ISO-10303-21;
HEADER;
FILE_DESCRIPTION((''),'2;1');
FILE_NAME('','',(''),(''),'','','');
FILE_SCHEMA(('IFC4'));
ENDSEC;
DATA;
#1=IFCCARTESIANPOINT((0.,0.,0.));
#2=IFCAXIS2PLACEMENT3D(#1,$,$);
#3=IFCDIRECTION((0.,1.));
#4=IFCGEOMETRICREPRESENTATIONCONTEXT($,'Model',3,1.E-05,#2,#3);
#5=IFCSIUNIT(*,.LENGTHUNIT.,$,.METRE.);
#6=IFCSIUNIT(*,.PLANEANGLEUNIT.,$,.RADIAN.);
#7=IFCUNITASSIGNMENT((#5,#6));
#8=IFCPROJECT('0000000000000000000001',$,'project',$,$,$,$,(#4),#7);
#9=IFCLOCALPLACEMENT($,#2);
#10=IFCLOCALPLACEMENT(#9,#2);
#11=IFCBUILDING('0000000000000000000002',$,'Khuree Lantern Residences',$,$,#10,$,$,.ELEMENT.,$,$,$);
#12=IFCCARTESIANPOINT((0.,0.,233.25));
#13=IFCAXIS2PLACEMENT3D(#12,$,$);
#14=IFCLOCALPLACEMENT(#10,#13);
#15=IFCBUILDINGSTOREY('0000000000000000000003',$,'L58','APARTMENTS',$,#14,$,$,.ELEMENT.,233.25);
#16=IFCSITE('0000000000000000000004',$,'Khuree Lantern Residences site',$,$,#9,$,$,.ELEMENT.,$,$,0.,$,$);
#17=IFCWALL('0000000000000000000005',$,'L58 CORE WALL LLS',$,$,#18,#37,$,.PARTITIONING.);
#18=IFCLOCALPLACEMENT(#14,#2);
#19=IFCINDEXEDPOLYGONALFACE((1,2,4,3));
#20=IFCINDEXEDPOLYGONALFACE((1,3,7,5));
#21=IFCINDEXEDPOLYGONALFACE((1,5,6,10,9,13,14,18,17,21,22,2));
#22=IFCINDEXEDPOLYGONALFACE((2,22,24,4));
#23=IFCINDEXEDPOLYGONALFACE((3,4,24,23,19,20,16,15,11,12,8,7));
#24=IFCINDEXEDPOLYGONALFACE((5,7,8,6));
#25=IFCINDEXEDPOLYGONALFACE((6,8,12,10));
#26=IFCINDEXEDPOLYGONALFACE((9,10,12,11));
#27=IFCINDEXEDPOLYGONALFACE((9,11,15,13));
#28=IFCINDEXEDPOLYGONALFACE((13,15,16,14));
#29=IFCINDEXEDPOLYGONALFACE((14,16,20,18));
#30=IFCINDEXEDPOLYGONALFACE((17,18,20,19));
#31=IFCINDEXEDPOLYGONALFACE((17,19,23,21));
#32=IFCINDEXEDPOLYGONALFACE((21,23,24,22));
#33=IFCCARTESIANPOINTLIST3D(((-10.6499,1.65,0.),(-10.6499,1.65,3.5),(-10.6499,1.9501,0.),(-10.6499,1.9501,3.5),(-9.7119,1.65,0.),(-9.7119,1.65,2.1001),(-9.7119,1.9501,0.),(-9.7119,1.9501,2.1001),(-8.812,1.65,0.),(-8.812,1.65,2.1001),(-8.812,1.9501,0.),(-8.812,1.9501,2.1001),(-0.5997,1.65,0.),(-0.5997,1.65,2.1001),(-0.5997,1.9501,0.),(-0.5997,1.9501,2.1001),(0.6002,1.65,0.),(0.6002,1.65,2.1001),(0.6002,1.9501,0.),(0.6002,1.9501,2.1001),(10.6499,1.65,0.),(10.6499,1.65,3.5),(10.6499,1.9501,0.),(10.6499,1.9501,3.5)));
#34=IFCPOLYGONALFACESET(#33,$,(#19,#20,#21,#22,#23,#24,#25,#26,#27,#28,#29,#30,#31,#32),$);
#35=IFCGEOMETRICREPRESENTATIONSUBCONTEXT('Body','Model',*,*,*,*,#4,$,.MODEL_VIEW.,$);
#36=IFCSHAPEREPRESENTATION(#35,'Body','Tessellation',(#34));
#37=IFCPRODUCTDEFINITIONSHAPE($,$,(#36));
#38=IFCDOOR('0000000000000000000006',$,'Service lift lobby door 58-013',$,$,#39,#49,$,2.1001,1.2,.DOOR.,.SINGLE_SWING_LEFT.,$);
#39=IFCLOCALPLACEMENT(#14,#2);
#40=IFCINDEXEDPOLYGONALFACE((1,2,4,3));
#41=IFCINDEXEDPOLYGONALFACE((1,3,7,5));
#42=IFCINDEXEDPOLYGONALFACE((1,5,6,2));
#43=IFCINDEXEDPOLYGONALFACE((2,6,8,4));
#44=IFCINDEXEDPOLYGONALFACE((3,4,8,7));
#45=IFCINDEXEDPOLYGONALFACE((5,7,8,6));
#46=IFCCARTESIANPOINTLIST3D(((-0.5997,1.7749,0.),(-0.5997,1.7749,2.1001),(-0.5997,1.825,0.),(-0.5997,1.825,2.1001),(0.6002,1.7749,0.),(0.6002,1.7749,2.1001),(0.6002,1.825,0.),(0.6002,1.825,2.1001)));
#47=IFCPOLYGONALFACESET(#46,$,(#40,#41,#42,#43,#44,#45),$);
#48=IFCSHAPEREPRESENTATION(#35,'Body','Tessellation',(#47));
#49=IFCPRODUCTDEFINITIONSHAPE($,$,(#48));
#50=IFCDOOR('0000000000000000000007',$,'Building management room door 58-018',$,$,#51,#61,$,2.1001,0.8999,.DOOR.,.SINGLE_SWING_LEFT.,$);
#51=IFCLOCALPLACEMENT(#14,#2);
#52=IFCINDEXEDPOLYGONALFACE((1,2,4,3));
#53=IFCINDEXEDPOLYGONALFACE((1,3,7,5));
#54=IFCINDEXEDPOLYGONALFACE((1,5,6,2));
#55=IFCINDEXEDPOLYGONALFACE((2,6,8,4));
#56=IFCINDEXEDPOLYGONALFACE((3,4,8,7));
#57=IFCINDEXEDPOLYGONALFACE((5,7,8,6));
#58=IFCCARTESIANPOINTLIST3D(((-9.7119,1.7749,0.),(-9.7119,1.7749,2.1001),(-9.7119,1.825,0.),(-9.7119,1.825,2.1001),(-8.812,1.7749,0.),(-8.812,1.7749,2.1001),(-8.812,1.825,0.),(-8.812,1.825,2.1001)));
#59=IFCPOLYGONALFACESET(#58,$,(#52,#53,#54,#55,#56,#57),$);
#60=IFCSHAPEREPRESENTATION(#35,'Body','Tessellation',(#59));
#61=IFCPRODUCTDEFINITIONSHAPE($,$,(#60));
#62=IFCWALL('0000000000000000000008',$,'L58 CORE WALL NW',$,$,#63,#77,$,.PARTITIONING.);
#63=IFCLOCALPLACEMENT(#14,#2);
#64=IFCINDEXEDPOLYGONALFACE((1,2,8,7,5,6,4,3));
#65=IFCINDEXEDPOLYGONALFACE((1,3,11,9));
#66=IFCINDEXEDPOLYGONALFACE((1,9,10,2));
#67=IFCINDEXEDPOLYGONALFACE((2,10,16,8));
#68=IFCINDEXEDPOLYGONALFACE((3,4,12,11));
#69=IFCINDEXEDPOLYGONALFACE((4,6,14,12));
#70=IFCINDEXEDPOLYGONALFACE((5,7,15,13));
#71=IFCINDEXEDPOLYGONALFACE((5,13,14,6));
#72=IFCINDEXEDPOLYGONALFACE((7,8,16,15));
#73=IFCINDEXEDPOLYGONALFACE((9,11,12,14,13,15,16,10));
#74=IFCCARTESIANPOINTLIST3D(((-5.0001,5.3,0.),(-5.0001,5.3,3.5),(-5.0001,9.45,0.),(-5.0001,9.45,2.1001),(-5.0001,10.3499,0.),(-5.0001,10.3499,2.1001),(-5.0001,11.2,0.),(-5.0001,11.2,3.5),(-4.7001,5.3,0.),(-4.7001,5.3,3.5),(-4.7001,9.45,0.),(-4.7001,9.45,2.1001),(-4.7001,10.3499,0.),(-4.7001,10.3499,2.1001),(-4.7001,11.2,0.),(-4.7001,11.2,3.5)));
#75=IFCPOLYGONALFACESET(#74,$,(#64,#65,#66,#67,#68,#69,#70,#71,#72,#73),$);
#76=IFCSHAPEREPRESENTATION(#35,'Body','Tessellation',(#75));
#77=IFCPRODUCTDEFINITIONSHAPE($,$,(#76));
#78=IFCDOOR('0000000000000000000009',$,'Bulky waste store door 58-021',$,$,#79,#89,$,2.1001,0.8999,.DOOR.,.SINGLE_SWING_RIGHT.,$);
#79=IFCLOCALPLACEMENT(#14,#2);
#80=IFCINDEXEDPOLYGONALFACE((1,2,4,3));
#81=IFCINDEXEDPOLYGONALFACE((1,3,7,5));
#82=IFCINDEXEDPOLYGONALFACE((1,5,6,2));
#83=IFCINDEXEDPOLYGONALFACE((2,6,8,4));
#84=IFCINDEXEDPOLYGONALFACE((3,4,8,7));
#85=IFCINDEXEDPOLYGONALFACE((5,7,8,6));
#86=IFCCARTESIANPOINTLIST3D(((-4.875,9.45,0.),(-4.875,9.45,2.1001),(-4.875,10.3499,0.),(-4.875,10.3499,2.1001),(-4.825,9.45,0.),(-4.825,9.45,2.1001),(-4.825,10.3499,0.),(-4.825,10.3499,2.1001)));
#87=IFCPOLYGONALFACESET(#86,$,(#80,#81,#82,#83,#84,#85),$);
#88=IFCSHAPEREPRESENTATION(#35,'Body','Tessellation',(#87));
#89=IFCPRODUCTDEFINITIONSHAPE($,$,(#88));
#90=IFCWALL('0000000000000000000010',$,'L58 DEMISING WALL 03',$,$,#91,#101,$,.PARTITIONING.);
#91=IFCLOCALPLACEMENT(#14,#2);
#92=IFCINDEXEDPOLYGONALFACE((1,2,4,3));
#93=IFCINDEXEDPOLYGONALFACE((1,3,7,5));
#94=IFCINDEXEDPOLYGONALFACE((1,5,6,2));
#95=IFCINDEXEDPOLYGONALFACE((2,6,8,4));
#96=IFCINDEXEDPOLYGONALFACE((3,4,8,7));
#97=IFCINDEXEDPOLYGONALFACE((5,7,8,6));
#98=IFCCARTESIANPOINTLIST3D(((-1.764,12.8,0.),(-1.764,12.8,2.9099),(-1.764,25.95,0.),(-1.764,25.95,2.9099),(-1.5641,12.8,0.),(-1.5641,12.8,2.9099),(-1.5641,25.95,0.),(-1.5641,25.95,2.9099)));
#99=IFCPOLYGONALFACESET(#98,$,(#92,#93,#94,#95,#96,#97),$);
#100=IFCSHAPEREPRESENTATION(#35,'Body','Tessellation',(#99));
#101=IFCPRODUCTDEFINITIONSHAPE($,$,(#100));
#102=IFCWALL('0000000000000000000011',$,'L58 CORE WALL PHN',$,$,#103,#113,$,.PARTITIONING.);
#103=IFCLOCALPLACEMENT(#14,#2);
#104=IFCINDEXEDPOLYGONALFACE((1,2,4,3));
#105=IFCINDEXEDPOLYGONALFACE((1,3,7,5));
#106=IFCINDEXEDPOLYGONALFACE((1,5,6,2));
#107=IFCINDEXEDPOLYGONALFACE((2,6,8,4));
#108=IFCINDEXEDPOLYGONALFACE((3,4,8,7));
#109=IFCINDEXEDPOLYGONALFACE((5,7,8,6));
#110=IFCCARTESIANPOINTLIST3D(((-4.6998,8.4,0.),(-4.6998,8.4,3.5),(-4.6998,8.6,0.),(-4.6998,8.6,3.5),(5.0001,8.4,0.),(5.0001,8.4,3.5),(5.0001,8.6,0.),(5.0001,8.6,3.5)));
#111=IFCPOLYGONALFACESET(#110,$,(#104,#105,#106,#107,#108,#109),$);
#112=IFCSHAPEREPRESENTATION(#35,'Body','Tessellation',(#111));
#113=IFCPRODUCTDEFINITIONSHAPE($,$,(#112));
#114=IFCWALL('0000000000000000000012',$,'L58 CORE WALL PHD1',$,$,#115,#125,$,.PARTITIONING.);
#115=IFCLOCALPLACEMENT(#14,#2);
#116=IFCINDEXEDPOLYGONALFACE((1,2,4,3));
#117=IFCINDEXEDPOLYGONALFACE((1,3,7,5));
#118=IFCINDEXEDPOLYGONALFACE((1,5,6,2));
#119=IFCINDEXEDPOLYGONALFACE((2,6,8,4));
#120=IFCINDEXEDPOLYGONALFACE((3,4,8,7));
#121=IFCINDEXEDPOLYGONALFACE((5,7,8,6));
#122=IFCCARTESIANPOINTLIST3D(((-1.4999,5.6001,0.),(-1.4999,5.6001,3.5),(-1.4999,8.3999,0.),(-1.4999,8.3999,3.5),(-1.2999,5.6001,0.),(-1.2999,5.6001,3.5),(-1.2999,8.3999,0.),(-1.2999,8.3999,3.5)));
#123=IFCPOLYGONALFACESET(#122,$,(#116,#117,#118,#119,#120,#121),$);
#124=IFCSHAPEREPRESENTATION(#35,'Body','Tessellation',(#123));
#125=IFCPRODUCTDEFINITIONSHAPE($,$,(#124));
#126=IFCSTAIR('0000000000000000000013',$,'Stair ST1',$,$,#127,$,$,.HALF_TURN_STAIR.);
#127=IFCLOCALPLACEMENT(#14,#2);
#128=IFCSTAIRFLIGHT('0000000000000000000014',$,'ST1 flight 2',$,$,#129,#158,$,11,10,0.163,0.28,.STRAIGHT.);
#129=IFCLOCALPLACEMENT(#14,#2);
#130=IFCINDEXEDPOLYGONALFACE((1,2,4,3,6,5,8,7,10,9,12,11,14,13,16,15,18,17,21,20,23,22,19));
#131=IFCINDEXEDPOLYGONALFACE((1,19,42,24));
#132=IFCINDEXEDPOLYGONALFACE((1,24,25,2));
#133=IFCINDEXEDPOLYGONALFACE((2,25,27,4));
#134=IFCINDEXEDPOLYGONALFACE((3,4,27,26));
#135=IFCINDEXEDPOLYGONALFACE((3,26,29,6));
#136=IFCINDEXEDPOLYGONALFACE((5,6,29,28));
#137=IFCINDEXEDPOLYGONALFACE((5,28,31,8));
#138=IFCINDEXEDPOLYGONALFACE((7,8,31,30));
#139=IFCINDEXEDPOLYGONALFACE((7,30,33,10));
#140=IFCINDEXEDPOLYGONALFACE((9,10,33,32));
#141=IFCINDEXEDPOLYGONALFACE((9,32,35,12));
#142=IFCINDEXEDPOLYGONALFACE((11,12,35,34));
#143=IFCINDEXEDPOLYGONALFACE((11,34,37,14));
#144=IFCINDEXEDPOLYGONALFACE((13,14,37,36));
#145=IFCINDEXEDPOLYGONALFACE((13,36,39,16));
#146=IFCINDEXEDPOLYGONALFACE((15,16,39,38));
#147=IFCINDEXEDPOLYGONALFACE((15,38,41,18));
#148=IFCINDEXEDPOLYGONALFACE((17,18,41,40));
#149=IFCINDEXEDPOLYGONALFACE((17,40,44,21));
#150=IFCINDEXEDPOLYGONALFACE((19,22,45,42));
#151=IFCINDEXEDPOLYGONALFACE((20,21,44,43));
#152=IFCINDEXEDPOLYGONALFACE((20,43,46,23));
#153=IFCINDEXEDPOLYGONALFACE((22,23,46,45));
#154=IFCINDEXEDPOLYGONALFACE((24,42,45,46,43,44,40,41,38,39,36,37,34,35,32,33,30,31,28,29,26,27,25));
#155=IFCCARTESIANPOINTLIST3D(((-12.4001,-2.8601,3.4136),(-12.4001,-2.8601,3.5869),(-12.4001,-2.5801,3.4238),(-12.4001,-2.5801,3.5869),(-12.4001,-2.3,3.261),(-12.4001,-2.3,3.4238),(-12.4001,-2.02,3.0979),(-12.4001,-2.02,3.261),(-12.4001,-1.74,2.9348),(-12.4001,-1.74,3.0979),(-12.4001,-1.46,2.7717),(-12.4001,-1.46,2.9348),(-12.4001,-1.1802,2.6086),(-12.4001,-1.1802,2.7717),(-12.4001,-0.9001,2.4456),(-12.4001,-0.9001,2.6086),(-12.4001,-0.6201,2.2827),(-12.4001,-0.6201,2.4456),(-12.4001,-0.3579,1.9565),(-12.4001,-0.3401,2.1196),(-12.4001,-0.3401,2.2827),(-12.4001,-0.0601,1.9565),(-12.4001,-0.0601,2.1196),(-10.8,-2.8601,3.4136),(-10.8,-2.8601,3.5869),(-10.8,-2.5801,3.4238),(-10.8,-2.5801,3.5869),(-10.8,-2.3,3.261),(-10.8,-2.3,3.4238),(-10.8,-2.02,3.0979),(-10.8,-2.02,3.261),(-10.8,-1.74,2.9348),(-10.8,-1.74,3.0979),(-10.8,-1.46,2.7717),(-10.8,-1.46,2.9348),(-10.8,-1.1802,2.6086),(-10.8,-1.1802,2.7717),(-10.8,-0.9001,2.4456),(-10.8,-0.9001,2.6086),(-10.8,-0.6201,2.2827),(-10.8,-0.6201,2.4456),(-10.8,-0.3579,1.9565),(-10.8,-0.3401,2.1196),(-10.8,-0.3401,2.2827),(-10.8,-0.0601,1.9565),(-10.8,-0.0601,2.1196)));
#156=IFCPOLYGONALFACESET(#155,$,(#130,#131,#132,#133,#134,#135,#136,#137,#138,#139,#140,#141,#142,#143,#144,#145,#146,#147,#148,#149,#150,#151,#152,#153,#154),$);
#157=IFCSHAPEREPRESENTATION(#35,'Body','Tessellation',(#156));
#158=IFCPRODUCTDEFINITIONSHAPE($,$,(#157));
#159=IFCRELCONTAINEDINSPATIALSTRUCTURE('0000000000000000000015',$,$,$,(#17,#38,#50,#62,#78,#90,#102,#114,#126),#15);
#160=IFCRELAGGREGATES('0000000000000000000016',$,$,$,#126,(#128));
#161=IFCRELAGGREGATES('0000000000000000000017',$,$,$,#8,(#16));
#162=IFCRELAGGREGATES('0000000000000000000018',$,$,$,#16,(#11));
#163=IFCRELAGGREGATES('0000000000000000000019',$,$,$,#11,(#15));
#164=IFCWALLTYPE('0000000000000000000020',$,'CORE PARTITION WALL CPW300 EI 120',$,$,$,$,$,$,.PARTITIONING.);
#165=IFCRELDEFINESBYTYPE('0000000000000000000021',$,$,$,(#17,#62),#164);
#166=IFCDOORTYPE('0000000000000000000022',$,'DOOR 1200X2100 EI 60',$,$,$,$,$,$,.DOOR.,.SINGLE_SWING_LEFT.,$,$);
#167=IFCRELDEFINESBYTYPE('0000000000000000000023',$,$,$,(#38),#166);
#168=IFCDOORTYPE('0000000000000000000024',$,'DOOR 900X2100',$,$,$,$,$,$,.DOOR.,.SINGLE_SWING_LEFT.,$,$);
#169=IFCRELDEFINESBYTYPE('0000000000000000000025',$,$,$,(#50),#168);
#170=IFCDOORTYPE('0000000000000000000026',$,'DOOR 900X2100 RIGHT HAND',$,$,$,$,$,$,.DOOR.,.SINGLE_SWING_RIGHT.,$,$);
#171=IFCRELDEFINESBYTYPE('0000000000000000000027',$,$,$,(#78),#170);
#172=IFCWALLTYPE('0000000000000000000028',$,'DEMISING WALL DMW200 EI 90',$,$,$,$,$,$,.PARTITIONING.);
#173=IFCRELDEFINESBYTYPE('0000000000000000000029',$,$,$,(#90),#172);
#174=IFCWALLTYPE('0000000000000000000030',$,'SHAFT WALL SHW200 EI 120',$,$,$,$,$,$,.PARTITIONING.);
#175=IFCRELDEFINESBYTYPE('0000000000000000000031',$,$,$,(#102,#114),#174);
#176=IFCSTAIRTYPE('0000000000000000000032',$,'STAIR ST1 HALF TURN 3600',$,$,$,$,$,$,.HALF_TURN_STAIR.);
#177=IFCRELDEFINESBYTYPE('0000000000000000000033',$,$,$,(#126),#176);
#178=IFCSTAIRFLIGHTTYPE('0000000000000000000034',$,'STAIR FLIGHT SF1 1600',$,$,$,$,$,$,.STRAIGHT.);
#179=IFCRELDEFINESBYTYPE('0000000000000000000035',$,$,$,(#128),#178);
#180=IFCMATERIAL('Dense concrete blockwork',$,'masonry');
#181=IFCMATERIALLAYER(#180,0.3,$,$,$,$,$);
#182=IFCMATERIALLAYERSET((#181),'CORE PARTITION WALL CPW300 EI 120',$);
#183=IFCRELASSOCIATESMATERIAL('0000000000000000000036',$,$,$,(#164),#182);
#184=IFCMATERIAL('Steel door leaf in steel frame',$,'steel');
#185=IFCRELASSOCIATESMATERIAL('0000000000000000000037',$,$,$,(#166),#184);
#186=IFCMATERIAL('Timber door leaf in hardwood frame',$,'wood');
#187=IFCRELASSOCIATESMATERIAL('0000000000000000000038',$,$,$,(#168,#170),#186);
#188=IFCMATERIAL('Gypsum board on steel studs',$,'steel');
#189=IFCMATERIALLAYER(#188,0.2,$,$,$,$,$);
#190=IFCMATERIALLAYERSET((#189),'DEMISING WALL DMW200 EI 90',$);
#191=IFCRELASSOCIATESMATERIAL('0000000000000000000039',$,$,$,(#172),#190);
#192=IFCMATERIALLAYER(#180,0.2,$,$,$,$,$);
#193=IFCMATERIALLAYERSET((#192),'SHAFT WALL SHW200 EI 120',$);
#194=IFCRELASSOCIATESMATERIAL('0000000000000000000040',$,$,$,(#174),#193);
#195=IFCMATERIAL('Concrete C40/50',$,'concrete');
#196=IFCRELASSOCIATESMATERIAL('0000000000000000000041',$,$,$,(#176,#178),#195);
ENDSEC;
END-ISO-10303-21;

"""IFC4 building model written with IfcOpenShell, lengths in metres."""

from ifc_helpers import new_model, si_unit, direction, frame, frame_2d, origin, place, context, subcontext, project, spatial, polyline, rectangle, outline, extrude, material, layer, layer_set, type_object, element, fill, aggregate, save


model = new_model("IFC4")

# Units and contexts
model_context = context("Model", 3, precision=1e-05, world=origin(), true_north=direction((0.0, 1.0)))
body_context = subcontext(model_context, "Body", "Model", "MODEL_VIEW")
ifc_project = project(units=[si_unit("LENGTHUNIT", "METRE"), si_unit("PLANEANGLEUNIT", "RADIAN")], contexts=[model_context])

# Site, building, storey
site_placement = place(None, origin())
site = spatial("IfcSite", under=ifc_project, at=site_placement, Name="Khuree Lantern Residences site", CompositionType="ELEMENT", RefElevation=0.0)
building_placement = place(site_placement, origin())
building = spatial("IfcBuilding", under=site, at=building_placement, Name="Khuree Lantern Residences", CompositionType="ELEMENT")
storey_placement = place(building_placement, frame((0.0, 0.0, 233.25)))
storey = spatial("IfcBuildingStorey", under=building, at=storey_placement, Name="L58", Description="APARTMENTS", CompositionType="ELEMENT", Elevation=233.25)

# Shared definitions
ifc_material_1 = material(Name="Timber door leaf in hardwood frame", Category="wood")

# Shared definitions
ifc_material_2 = material(Name="Dense concrete blockwork", Category="masonry")
ifc_layer_1 = layer(ifc_material_2, 0.3)
ifc_layer_set_1 = layer_set([ifc_layer_1], Name="CORE PARTITION WALL CPW300 EI 120")
wall_type_1 = type_object("IfcWallType", Name="CORE PARTITION WALL CPW300 EI 120", PredefinedType="PARTITIONING", material=ifc_layer_set_1)

# Wall, openings, doors
wall_1_placement = place(storey_placement, frame((-10.6499, 1.8, 0.0), z_axis=(0.0, 0.0, 1.0), x_axis=(1.0, 0.0, 0.0)))
wall_1 = element("IfcWall", 1, at=wall_1_placement, inside=storey, type_object=wall_type_1, Name="L58 CORE WALL LLS", PredefinedType="PARTITIONING", context=body_context, shape_type="SweptSolid", body=[
    extrude(rectangle(XDim=21.2998, YDim=0.3, at=frame_2d((10.6499, 0.0))), origin(), (0.0, 0.0, 1.0), 3.5),
])
opening_1_placement = place(wall_1_placement, frame((10.05, 0.0, 0.0)))
opening_1 = element("IfcOpeningElement", 2, at=opening_1_placement, cuts=wall_1, PredefinedType="OPENING", context=body_context, shape_type="SweptSolid", body=[
    extrude(rectangle(XDim=1.2, YDim=2.1001, at=frame_2d((0.6001, 1.05))), frame((0.0, 0.1602, 0.0), z_axis=(0.0, -1.0, 0.0), x_axis=(1.0, 0.0, 0.0)), (0.0, 0.0, 1.0), 0.3201),
])
opening_2_placement = place(wall_1_placement, frame((0.938, 0.0, 0.0)))
opening_2 = element("IfcOpeningElement", 3, at=opening_2_placement, cuts=wall_1, PredefinedType="OPENING", context=body_context, shape_type="SweptSolid", body=[
    extrude(rectangle(XDim=0.8999, YDim=2.1001, at=frame_2d((0.45, 1.05))), frame((0.0, 0.1602, 0.0), z_axis=(0.0, -1.0, 0.0), x_axis=(1.0, 0.0, 0.0)), (0.0, 0.0, 1.0), 0.3201),
])
ifc_material_3 = material(Name="Steel door leaf in steel frame", Category="steel")
door_type_1 = type_object("IfcDoorType", Name="DOOR 1200X2100 EI 60", OperationType="SINGLE_SWING_LEFT", PredefinedType="DOOR", material=ifc_material_3)
door_1_placement = place(opening_1_placement, origin())
door_1 = element("IfcDoor", 4, at=door_1_placement, inside=storey, type_object=door_type_1, Name="Service lift lobby door 58-013", OperationType="SINGLE_SWING_LEFT", OverallHeight=2.1001, OverallWidth=1.2, PredefinedType="DOOR", context=body_context, shape_type="SweptSolid", body=[
    extrude(rectangle(XDim=1.2, YDim=2.1001, at=frame_2d((0.6001, 1.05))), frame((0.0, 0.0249, 0.0), z_axis=(0.0, -1.0, 0.0), x_axis=(1.0, 0.0, 0.0)), (0.0, 0.0, 1.0), 0.05),
])
fill(opening_1, door_1)
door_type_2 = type_object("IfcDoorType", Name="DOOR 900X2100", OperationType="SINGLE_SWING_LEFT", PredefinedType="DOOR", material=ifc_material_1)
door_2_placement = place(opening_2_placement, origin())
door_2 = element("IfcDoor", 5, at=door_2_placement, inside=storey, type_object=door_type_2, Name="Building management room door 58-018", OperationType="SINGLE_SWING_LEFT", OverallHeight=2.1001, OverallWidth=0.8999, PredefinedType="DOOR", context=body_context, shape_type="SweptSolid", body=[
    extrude(rectangle(XDim=0.8999, YDim=2.1001, at=frame_2d((0.45, 1.05))), frame((0.0, 0.0249, 0.0), z_axis=(0.0, -1.0, 0.0), x_axis=(1.0, 0.0, 0.0)), (0.0, 0.0, 1.0), 0.05),
])
fill(opening_2, door_2)

# Wall, opening, door
wall_2_placement = place(storey_placement, frame((-4.8501, 5.3, 0.0), z_axis=(0.0, 0.0, 1.0), x_axis=(0.0, 1.0, 0.0)))
wall_2 = element("IfcWall", 6, at=wall_2_placement, inside=storey, type_object=wall_type_1, Name="L58 CORE WALL NW", PredefinedType="PARTITIONING", context=body_context, shape_type="SweptSolid", body=[
    extrude(rectangle(XDim=5.8999, YDim=0.3, at=frame_2d((2.95, 0.0))), origin(), (0.0, 0.0, 1.0), 3.5),
])
opening_3_placement = place(wall_2_placement, frame((4.1499, 0.0, 0.0)))
opening_3 = element("IfcOpeningElement", 7, at=opening_3_placement, cuts=wall_2, PredefinedType="OPENING", context=body_context, shape_type="SweptSolid", body=[
    extrude(rectangle(XDim=0.8999, YDim=2.1001, at=frame_2d((0.45, 1.05))), frame((0.0, 0.1602, 0.0), z_axis=(0.0, -1.0, 0.0), x_axis=(1.0, 0.0, 0.0)), (0.0, 0.0, 1.0), 0.3201),
])
door_type_3 = type_object("IfcDoorType", Name="DOOR 900X2100 RIGHT HAND", OperationType="SINGLE_SWING_RIGHT", PredefinedType="DOOR", material=ifc_material_1)
door_3_placement = place(opening_3_placement, origin())
door_3 = element("IfcDoor", 8, at=door_3_placement, inside=storey, type_object=door_type_3, Name="Bulky waste store door 58-021", OperationType="SINGLE_SWING_RIGHT", OverallHeight=2.1001, OverallWidth=0.8999, PredefinedType="DOOR", context=body_context, shape_type="SweptSolid", body=[
    extrude(rectangle(XDim=0.8999, YDim=2.1001, at=frame_2d((0.45, 1.05))), frame((0.0, 0.0249, 0.0), z_axis=(0.0, -1.0, 0.0), x_axis=(1.0, 0.0, 0.0)), (0.0, 0.0, 1.0), 0.05),
])
fill(opening_3, door_3)

# Walls
ifc_material_4 = material(Name="Gypsum board on steel studs", Category="steel")
ifc_layer_2 = layer(ifc_material_4, 0.2)
ifc_layer_set_2 = layer_set([ifc_layer_2], Name="DEMISING WALL DMW200 EI 90")
wall_type_2 = type_object("IfcWallType", Name="DEMISING WALL DMW200 EI 90", PredefinedType="PARTITIONING", material=ifc_layer_set_2)
wall_3_placement = place(storey_placement, frame((-1.6641, 12.8, 0.0), z_axis=(0.0, 0.0, 1.0), x_axis=(0.0, 1.0, 0.0)))
element("IfcWall", 9, at=wall_3_placement, inside=storey, type_object=wall_type_2, Name="L58 DEMISING WALL 03", PredefinedType="PARTITIONING", context=body_context, shape_type="SweptSolid", body=[
    extrude(rectangle(XDim=13.1499, YDim=0.2, at=frame_2d((6.575, 0.0))), origin(), (0.0, 0.0, 1.0), 2.9099),
])
ifc_layer_3 = layer(ifc_material_2, 0.2)
ifc_layer_set_3 = layer_set([ifc_layer_3], Name="SHAFT WALL SHW200 EI 120")
wall_type_3 = type_object("IfcWallType", Name="SHAFT WALL SHW200 EI 120", PredefinedType="PARTITIONING", material=ifc_layer_set_3)
wall_4_placement = place(storey_placement, frame((-4.7, 8.5, 0.0), z_axis=(0.0, 0.0, 1.0), x_axis=(1.0, 0.0, 0.0)))
element("IfcWall", 10, at=wall_4_placement, inside=storey, type_object=wall_type_3, Name="L58 CORE WALL PHN", PredefinedType="PARTITIONING", context=body_context, shape_type="SweptSolid", body=[
    extrude(rectangle(XDim=9.7, YDim=0.2, at=frame_2d((4.8501, 0.0))), origin(), (0.0, 0.0, 1.0), 3.5),
])
wall_5_placement = place(storey_placement, frame((-1.3999, 5.6001, 0.0), z_axis=(0.0, 0.0, 1.0), x_axis=(0.0, 1.0, 0.0)))
element("IfcWall", 11, at=wall_5_placement, inside=storey, type_object=wall_type_3, Name="L58 CORE WALL PHD1", PredefinedType="PARTITIONING", context=body_context, shape_type="SweptSolid", body=[
    extrude(rectangle(XDim=2.7998, YDim=0.2, at=frame_2d((1.3999, 0.0))), origin(), (0.0, 0.0, 1.0), 3.5),
])

# Stair, stair flight
ifc_material_5 = material(Name="Concrete C40/50", Category="concrete")
stair_type = type_object("IfcStairType", Name="STAIR ST1 HALF TURN 3600", PredefinedType="HALF_TURN_STAIR", material=ifc_material_5)
stair_placement = place(storey_placement, origin())
stair = element("IfcStair", 12, at=stair_placement, inside=storey, type_object=stair_type, Name="Stair ST1", PredefinedType="HALF_TURN_STAIR")
stair_flight_type = type_object("IfcStairFlightType", Name="STAIR FLIGHT SF1 1600", PredefinedType="STRAIGHT", material=ifc_material_5)
stair_flight_placement = place(storey_placement, frame((-11.6001, -0.0601, 1.9565), z_axis=(0.0, 0.0, 1.0), x_axis=(0.0, -1.0, 0.0)))
stair_flight = element("IfcStairFlight", 13, at=stair_flight_placement, type_object=stair_flight_type, Name="ST1 flight 2", NumberOfRisers=11, NumberOfTreads=10, PredefinedType="STRAIGHT", RiserHeight=0.163, TreadLength=0.28, context=body_context, shape_type="SweptSolid", body=[
    extrude(outline(polyline([(0.0, 0.0), (0.0, 0.1631), (0.28, 0.1631), (0.28, 0.3262), (0.5601, 0.3262), (0.5601, 0.489), (0.8401, 0.489), (0.8401, 0.6521), (1.1201, 0.6521), (1.1201, 0.8152), (1.3999, 0.8152), (1.3999, 0.9783), (1.6799, 0.9783), (1.6799, 1.1414), (1.96, 1.1414), (1.96, 1.3044), (2.24, 1.3044), (2.24, 1.4673), (2.52, 1.4673), (2.52, 1.6304), (2.8, 1.6304), (2.8, 1.7935), (2.8, 1.457), (0.2979, 0.0), (0.0, 0.0)])), frame((0.0, 0.8, 0.0), z_axis=(0.0, -1.0, 0.0), x_axis=(1.0, 0.0, 0.0)), (0.0, 0.0, 1.0), 1.6001),
])
aggregate(stair, [stair_flight])

save(model, "model.ifc")
